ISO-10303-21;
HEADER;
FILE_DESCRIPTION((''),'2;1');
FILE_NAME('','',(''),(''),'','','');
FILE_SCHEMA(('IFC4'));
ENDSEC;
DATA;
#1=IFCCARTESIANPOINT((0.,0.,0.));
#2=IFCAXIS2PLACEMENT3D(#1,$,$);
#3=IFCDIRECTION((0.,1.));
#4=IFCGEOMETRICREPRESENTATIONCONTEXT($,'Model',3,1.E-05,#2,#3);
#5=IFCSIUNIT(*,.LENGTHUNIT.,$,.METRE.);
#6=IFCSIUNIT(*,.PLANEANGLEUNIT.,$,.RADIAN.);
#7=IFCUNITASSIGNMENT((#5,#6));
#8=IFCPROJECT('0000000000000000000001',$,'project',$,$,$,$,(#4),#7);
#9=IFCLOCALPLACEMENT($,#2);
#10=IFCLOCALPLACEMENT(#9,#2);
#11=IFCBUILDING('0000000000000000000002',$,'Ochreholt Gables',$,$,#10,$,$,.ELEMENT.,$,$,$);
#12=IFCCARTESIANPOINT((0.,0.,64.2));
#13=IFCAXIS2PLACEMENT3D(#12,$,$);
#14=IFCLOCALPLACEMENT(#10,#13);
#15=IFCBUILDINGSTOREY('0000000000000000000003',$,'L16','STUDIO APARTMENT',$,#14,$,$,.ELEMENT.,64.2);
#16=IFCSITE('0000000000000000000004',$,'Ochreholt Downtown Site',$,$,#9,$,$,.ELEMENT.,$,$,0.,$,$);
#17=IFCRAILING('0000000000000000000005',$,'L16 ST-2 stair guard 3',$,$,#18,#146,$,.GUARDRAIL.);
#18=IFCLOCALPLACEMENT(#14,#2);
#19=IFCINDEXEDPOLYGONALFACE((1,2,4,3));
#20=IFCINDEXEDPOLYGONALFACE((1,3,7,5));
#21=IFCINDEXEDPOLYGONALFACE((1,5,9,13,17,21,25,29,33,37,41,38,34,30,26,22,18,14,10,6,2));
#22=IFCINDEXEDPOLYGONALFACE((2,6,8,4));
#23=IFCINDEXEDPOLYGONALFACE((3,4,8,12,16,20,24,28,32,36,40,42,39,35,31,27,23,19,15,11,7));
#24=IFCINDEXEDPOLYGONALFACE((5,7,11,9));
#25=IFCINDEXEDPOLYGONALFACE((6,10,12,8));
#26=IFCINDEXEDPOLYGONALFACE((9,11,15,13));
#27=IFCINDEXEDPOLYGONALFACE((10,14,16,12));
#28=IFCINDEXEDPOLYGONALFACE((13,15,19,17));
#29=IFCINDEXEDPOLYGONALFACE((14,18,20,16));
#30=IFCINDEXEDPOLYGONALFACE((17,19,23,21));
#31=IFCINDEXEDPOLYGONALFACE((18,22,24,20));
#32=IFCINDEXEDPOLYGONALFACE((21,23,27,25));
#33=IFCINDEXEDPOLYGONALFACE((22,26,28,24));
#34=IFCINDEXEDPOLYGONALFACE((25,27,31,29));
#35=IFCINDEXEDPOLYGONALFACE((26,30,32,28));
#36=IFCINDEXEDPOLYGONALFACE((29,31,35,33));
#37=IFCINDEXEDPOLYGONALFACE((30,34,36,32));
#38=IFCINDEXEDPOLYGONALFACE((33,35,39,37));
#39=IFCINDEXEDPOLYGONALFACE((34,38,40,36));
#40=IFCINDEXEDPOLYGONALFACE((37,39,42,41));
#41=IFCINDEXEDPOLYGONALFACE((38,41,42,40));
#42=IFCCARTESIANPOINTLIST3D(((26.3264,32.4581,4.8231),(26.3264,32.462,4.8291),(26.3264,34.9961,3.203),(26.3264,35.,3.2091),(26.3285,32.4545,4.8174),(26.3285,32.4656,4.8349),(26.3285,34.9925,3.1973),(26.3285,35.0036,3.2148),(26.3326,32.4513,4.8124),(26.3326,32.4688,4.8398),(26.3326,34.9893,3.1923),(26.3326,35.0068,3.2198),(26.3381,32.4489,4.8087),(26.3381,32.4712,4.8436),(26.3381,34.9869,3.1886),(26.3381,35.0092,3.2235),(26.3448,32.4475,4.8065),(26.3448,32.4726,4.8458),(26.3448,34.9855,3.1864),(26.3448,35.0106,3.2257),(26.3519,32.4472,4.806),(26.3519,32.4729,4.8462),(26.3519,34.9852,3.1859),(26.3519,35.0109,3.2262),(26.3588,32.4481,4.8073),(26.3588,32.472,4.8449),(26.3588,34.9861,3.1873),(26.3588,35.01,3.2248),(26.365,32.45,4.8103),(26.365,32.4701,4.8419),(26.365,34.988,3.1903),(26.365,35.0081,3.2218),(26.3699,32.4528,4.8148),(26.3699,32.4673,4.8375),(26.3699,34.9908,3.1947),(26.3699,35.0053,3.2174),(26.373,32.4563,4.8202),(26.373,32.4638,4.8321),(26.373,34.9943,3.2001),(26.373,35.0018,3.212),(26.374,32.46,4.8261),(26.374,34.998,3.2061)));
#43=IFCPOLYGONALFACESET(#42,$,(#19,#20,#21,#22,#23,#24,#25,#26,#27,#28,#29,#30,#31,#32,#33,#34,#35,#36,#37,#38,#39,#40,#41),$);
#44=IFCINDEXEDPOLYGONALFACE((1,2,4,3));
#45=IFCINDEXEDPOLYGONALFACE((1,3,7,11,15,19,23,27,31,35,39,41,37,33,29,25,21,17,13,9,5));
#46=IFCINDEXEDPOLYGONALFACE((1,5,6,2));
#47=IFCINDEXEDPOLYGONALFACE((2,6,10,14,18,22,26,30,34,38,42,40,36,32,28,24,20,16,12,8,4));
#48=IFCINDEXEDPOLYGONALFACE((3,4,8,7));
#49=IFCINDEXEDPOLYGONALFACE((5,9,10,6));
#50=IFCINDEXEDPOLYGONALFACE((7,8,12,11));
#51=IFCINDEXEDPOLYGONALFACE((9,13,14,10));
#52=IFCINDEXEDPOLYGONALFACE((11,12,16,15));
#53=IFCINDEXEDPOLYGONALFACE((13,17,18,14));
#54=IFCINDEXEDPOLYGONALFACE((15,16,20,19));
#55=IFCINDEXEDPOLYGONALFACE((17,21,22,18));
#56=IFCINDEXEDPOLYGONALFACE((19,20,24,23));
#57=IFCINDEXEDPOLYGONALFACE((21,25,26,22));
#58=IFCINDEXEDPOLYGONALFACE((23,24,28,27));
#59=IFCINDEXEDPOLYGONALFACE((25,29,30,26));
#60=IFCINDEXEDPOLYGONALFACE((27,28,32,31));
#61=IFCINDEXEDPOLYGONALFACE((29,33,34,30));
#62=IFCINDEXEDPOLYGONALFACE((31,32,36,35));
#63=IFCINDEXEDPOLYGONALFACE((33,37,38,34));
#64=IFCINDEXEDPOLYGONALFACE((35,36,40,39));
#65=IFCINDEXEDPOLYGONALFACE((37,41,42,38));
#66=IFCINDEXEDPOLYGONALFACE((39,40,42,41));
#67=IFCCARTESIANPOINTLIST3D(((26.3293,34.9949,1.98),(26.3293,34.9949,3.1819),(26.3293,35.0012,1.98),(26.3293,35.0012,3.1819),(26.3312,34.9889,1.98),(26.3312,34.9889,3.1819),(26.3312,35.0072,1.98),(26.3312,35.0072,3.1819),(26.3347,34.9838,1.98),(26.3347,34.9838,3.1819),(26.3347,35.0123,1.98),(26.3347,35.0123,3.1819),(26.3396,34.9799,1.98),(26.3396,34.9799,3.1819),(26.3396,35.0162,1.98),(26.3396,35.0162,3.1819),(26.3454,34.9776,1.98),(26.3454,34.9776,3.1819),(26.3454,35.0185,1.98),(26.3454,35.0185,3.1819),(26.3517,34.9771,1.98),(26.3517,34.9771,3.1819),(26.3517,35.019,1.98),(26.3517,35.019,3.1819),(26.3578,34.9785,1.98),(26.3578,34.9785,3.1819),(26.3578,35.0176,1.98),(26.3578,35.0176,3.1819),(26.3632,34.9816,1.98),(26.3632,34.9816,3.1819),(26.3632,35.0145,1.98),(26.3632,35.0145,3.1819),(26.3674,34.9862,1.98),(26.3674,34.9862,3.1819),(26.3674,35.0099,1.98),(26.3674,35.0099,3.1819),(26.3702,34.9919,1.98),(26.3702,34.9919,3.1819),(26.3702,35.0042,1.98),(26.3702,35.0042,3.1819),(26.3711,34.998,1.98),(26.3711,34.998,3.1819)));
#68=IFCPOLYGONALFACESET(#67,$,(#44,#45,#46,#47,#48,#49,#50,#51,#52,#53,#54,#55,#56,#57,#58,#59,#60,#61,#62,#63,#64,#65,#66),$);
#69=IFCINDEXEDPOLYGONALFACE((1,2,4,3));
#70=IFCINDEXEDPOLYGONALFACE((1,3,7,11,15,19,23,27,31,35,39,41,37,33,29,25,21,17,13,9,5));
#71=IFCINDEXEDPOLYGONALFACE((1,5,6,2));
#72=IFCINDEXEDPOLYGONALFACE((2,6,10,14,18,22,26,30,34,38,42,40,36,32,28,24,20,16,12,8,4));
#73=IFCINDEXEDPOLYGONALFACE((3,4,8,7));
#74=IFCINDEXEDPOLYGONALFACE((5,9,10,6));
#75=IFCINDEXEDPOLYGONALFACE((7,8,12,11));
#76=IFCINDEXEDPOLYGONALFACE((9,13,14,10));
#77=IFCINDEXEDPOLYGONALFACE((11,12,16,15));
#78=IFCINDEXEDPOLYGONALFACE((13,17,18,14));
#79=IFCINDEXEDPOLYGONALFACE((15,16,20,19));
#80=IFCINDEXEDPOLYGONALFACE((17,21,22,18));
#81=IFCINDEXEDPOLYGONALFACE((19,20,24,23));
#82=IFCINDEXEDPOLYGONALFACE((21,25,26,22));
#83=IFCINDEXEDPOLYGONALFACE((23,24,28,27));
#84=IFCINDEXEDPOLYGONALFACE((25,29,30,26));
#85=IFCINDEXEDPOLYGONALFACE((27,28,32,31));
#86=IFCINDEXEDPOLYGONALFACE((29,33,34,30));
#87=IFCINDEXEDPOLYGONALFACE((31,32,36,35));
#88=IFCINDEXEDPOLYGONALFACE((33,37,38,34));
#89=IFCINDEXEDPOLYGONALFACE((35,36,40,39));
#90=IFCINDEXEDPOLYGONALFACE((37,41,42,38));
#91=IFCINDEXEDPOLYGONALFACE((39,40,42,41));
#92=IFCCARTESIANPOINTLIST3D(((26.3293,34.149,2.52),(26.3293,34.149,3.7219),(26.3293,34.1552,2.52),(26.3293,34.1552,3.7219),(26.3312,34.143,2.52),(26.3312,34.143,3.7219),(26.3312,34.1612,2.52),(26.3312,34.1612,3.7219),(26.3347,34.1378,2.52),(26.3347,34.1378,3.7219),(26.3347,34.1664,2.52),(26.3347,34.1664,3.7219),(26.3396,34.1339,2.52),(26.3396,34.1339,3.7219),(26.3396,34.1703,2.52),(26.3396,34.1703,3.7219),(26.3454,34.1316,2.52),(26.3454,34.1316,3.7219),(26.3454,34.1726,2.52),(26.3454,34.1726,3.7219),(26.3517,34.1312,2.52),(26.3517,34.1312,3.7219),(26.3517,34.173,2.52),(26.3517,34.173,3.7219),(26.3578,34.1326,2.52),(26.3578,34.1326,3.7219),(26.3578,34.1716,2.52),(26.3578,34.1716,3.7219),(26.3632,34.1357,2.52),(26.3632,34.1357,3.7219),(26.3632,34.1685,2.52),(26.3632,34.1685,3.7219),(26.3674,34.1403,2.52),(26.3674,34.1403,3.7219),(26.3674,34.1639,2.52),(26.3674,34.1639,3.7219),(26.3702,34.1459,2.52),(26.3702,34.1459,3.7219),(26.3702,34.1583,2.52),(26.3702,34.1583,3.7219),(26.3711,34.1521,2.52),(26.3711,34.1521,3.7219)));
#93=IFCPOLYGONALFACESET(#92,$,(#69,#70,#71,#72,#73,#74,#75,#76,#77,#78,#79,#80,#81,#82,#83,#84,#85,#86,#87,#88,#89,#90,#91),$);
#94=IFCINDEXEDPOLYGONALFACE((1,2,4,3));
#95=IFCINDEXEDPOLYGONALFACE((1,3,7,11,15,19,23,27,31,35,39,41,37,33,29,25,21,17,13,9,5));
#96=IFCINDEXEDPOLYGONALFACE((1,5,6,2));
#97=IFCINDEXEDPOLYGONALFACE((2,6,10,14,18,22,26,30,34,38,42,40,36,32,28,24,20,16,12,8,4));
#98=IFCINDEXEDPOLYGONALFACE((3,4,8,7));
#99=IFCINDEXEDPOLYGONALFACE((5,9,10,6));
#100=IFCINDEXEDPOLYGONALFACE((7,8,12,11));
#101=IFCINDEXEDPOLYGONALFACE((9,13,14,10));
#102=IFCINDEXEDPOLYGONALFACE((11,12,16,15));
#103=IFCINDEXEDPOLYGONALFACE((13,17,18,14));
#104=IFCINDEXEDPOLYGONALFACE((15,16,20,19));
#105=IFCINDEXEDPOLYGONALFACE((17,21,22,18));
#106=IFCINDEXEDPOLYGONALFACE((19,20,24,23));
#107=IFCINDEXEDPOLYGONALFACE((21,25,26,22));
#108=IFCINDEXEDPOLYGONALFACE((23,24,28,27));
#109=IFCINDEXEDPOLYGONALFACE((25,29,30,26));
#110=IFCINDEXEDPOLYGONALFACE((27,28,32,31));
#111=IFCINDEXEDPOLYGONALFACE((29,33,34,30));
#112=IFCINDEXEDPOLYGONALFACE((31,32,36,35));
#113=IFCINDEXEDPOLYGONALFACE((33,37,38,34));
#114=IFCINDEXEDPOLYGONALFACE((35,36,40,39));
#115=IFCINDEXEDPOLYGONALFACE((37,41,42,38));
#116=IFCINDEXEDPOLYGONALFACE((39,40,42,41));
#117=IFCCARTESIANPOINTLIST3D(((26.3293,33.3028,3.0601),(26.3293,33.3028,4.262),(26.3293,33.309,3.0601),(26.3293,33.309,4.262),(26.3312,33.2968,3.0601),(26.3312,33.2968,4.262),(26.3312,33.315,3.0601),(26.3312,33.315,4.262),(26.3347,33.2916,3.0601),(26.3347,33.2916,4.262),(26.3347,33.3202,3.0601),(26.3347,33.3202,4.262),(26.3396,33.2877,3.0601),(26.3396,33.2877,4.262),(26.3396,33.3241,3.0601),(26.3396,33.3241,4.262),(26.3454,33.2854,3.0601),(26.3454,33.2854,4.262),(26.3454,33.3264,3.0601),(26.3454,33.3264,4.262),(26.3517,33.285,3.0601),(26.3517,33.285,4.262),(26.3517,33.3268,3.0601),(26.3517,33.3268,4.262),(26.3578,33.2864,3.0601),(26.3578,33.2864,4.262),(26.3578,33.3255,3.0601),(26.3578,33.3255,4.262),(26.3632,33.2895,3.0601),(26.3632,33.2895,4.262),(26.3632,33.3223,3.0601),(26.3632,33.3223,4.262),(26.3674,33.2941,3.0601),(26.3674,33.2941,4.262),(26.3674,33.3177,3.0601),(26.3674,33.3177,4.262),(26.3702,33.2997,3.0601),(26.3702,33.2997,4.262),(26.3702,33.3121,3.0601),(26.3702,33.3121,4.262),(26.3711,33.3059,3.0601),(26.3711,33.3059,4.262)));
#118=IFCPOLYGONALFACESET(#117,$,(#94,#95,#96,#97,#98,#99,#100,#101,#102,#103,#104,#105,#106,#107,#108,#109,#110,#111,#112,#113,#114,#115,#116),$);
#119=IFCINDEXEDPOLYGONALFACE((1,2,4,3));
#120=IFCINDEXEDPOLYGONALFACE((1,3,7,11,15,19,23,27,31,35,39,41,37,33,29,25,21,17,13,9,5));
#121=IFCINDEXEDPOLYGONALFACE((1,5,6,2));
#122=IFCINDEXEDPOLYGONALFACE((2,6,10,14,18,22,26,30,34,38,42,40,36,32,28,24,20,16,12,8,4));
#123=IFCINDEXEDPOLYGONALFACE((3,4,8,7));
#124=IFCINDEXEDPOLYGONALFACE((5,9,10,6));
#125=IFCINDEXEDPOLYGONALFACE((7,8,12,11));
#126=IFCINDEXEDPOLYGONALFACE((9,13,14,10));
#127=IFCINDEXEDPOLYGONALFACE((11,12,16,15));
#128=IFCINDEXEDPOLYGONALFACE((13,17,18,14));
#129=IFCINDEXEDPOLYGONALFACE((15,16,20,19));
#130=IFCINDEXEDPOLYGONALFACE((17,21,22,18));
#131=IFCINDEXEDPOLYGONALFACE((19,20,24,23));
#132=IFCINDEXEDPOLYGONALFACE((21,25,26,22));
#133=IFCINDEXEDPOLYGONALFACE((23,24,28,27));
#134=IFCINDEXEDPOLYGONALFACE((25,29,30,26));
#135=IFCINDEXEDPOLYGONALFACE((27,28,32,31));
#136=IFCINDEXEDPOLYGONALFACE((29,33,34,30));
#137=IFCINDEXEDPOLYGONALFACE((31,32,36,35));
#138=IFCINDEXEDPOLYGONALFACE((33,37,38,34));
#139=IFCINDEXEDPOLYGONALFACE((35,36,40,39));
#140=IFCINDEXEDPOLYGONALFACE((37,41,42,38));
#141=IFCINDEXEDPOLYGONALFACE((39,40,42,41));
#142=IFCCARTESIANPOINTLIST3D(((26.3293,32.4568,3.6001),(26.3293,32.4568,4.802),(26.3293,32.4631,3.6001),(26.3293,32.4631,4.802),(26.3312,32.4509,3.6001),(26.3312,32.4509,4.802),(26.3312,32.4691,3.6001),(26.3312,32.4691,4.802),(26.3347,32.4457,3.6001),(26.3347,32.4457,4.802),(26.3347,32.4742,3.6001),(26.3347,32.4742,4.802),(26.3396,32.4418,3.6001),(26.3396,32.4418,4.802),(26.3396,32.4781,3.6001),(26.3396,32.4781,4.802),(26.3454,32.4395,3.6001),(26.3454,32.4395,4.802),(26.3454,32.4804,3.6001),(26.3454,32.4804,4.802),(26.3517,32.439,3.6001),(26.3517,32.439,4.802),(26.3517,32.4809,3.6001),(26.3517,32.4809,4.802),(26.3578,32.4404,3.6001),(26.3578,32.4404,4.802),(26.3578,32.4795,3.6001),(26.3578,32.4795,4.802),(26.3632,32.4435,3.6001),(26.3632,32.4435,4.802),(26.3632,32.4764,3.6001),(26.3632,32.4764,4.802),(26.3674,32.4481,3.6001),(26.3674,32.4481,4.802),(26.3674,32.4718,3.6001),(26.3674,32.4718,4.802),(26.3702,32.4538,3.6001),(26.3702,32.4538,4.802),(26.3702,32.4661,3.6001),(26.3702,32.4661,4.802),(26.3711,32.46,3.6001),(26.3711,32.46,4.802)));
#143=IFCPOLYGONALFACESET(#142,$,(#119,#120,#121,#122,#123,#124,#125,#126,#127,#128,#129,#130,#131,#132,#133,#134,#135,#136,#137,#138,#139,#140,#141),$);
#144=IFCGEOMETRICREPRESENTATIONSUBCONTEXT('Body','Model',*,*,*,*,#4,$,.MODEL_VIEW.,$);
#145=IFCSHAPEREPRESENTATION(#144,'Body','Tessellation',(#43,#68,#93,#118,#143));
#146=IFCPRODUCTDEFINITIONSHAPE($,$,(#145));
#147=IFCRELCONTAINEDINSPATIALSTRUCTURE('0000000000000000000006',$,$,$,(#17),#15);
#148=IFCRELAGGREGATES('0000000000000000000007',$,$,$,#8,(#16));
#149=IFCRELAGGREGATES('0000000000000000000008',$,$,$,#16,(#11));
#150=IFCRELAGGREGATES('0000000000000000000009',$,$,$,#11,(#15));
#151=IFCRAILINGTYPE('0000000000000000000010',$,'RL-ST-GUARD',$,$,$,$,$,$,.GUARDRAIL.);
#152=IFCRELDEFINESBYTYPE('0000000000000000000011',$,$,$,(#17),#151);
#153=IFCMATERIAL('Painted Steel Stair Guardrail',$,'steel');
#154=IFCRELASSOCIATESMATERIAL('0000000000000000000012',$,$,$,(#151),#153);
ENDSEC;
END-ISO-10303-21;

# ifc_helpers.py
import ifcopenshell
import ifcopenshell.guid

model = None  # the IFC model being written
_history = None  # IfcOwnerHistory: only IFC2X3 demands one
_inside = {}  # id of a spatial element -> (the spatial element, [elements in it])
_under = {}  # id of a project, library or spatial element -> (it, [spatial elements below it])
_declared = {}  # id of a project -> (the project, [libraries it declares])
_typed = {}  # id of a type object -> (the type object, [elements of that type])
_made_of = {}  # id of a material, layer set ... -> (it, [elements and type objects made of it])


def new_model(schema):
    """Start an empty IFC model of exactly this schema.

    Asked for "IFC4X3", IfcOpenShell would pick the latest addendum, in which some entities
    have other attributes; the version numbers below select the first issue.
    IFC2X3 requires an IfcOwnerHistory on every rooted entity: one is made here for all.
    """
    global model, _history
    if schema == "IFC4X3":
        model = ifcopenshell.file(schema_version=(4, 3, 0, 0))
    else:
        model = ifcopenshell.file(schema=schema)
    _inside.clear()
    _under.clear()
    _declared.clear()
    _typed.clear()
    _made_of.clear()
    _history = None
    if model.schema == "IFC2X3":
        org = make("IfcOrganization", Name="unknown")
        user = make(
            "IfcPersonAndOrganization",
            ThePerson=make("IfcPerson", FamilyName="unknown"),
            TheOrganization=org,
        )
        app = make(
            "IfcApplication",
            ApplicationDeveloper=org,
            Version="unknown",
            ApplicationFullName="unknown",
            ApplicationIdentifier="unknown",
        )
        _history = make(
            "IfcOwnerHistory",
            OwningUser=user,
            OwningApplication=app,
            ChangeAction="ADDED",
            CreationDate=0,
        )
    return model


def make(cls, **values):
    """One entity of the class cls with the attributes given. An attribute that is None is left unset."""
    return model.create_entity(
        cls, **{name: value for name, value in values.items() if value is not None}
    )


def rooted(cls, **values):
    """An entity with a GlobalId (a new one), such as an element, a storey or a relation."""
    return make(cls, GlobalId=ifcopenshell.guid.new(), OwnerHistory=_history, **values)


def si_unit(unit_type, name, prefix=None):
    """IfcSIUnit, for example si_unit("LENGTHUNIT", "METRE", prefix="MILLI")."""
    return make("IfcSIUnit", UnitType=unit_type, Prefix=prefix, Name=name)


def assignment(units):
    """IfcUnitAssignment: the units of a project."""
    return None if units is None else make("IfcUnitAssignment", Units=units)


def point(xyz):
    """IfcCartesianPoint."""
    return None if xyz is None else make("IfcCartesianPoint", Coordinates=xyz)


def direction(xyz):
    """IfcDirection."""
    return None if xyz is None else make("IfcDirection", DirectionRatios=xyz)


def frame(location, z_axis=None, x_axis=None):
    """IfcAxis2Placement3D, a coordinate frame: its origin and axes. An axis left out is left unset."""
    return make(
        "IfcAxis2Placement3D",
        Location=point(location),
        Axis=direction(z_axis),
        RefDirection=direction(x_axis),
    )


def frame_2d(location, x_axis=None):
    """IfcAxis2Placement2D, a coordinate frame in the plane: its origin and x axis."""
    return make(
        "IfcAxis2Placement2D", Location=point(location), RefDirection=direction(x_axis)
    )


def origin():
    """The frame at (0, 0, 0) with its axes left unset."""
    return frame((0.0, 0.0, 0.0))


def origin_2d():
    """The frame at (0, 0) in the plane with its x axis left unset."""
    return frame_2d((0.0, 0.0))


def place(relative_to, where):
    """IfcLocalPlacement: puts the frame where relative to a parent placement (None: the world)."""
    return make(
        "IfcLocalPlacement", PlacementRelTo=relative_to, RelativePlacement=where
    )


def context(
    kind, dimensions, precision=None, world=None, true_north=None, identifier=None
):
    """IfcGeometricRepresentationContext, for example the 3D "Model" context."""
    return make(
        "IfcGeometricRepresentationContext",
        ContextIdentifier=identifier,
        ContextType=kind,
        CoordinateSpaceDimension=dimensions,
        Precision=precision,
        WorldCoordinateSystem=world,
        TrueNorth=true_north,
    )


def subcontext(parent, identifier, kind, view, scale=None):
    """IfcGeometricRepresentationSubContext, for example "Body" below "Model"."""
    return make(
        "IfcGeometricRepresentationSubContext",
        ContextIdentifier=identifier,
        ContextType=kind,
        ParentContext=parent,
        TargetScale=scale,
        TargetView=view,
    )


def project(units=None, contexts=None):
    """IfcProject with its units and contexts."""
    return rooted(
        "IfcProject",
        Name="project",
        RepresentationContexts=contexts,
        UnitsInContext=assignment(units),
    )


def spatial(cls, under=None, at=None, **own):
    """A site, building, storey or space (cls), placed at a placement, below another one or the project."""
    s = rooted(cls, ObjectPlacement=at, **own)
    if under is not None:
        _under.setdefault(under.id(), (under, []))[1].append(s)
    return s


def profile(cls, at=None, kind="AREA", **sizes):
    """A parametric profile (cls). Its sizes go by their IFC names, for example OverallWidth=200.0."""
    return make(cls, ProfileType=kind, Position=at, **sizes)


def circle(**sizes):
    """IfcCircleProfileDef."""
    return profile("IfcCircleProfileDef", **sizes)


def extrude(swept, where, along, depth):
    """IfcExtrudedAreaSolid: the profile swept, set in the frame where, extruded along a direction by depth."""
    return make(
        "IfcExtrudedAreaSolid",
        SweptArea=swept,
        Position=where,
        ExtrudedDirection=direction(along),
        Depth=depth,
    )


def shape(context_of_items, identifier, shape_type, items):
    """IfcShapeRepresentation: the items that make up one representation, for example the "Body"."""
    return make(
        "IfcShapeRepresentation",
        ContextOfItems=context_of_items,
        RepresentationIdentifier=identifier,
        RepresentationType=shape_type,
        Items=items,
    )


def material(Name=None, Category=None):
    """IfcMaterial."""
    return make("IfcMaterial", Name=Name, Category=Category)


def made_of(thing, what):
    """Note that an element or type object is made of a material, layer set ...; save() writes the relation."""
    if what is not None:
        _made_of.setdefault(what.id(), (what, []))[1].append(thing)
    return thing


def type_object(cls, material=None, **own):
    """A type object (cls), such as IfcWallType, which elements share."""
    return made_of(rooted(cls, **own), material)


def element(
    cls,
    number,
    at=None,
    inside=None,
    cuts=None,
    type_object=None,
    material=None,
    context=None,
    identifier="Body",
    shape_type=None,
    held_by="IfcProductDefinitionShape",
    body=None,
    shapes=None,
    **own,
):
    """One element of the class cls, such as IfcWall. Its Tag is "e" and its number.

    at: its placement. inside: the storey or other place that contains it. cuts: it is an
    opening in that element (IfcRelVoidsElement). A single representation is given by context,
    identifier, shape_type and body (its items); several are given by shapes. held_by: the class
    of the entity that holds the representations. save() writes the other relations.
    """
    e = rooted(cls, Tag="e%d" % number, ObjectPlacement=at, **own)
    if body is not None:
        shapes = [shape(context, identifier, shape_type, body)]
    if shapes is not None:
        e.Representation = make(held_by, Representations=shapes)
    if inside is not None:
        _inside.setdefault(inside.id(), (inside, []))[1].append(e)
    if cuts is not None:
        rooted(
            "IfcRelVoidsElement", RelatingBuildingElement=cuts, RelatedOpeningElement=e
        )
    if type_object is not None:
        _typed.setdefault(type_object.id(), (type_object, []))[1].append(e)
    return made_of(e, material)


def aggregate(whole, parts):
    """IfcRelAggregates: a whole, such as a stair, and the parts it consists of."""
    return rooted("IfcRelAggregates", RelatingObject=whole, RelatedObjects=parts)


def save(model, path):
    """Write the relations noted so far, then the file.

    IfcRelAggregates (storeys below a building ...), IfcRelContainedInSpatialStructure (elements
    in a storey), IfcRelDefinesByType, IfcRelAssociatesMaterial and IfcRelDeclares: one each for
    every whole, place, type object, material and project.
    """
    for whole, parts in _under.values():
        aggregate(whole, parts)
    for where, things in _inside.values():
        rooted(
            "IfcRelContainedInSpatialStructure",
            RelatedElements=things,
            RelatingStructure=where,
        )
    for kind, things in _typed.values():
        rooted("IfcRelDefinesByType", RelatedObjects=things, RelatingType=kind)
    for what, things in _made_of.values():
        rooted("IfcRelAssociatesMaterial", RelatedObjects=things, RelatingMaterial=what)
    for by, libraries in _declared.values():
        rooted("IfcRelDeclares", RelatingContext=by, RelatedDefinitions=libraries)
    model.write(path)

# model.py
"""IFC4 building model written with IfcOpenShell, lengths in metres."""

from ifc_helpers import new_model, si_unit, direction, frame, origin, origin_2d, place, context, subcontext, project, spatial, circle, extrude, material, type_object, element, save


model = new_model("IFC4")

# Units and contexts
model_context = context("Model", 3, precision=1e-05, world=origin(), true_north=direction((0.0, 1.0)))
body_context = subcontext(model_context, "Body", "Model", "MODEL_VIEW")
ifc_project = project(units=[si_unit("LENGTHUNIT", "METRE"), si_unit("PLANEANGLEUNIT", "RADIAN")], contexts=[model_context])

# Site, building, storey
site_placement = place(None, origin())
site = spatial("IfcSite", under=ifc_project, at=site_placement, Name="Ochreholt Downtown Site", CompositionType="ELEMENT", RefElevation=0.0)
building_placement = place(site_placement, origin())
building = spatial("IfcBuilding", under=site, at=building_placement, Name="Ochreholt Gables", CompositionType="ELEMENT")
storey_placement = place(building_placement, frame((0.0, 0.0, 64.2)))
storey = spatial("IfcBuildingStorey", under=building, at=storey_placement, Name="L16", Description="STUDIO APARTMENT", CompositionType="ELEMENT", Elevation=64.2)

# Railing
ifc_material_1 = material(Name="Painted Steel Stair Guardrail", Category="steel")
railing_type = type_object("IfcRailingType", Name="RL-ST-GUARD", PredefinedType="GUARDRAIL", material=ifc_material_1)
railing_1_placement = place(storey_placement, frame((26.3501, 34.998, 1.98)))
element("IfcRailing", 1, at=railing_1_placement, inside=storey, type_object=railing_type, Name="L16 ST-2 stair guard 3", PredefinedType="GUARDRAIL", context=body_context, shape_type="SweptSolid", body=[
    extrude(circle(Radius=0.0239, at=origin_2d()), frame((0.0, 0.0, 1.2261), z_axis=(0.0, -0.842913, 0.53805), x_axis=(1.0, 0.0, 0.0)), (0.0, 0.0, 1.0), 3.011),
    extrude(circle(Radius=0.021, at=origin_2d()), origin(), (0.0, 0.0, 1.0), 1.2019),
    extrude(circle(Radius=0.021, at=origin_2d()), frame((0.0, -0.8459, 0.54)), (0.0, 0.0, 1.0), 1.2019),
    extrude(circle(Radius=0.021, at=origin_2d()), frame((0.0, -1.6921, 1.0801)), (0.0, 0.0, 1.0), 1.2019),
    extrude(circle(Radius=0.021, at=origin_2d()), frame((0.0, -2.5381, 1.6201)), (0.0, 0.0, 1.0), 1.2019),
])

save(model, "model.ifc")
